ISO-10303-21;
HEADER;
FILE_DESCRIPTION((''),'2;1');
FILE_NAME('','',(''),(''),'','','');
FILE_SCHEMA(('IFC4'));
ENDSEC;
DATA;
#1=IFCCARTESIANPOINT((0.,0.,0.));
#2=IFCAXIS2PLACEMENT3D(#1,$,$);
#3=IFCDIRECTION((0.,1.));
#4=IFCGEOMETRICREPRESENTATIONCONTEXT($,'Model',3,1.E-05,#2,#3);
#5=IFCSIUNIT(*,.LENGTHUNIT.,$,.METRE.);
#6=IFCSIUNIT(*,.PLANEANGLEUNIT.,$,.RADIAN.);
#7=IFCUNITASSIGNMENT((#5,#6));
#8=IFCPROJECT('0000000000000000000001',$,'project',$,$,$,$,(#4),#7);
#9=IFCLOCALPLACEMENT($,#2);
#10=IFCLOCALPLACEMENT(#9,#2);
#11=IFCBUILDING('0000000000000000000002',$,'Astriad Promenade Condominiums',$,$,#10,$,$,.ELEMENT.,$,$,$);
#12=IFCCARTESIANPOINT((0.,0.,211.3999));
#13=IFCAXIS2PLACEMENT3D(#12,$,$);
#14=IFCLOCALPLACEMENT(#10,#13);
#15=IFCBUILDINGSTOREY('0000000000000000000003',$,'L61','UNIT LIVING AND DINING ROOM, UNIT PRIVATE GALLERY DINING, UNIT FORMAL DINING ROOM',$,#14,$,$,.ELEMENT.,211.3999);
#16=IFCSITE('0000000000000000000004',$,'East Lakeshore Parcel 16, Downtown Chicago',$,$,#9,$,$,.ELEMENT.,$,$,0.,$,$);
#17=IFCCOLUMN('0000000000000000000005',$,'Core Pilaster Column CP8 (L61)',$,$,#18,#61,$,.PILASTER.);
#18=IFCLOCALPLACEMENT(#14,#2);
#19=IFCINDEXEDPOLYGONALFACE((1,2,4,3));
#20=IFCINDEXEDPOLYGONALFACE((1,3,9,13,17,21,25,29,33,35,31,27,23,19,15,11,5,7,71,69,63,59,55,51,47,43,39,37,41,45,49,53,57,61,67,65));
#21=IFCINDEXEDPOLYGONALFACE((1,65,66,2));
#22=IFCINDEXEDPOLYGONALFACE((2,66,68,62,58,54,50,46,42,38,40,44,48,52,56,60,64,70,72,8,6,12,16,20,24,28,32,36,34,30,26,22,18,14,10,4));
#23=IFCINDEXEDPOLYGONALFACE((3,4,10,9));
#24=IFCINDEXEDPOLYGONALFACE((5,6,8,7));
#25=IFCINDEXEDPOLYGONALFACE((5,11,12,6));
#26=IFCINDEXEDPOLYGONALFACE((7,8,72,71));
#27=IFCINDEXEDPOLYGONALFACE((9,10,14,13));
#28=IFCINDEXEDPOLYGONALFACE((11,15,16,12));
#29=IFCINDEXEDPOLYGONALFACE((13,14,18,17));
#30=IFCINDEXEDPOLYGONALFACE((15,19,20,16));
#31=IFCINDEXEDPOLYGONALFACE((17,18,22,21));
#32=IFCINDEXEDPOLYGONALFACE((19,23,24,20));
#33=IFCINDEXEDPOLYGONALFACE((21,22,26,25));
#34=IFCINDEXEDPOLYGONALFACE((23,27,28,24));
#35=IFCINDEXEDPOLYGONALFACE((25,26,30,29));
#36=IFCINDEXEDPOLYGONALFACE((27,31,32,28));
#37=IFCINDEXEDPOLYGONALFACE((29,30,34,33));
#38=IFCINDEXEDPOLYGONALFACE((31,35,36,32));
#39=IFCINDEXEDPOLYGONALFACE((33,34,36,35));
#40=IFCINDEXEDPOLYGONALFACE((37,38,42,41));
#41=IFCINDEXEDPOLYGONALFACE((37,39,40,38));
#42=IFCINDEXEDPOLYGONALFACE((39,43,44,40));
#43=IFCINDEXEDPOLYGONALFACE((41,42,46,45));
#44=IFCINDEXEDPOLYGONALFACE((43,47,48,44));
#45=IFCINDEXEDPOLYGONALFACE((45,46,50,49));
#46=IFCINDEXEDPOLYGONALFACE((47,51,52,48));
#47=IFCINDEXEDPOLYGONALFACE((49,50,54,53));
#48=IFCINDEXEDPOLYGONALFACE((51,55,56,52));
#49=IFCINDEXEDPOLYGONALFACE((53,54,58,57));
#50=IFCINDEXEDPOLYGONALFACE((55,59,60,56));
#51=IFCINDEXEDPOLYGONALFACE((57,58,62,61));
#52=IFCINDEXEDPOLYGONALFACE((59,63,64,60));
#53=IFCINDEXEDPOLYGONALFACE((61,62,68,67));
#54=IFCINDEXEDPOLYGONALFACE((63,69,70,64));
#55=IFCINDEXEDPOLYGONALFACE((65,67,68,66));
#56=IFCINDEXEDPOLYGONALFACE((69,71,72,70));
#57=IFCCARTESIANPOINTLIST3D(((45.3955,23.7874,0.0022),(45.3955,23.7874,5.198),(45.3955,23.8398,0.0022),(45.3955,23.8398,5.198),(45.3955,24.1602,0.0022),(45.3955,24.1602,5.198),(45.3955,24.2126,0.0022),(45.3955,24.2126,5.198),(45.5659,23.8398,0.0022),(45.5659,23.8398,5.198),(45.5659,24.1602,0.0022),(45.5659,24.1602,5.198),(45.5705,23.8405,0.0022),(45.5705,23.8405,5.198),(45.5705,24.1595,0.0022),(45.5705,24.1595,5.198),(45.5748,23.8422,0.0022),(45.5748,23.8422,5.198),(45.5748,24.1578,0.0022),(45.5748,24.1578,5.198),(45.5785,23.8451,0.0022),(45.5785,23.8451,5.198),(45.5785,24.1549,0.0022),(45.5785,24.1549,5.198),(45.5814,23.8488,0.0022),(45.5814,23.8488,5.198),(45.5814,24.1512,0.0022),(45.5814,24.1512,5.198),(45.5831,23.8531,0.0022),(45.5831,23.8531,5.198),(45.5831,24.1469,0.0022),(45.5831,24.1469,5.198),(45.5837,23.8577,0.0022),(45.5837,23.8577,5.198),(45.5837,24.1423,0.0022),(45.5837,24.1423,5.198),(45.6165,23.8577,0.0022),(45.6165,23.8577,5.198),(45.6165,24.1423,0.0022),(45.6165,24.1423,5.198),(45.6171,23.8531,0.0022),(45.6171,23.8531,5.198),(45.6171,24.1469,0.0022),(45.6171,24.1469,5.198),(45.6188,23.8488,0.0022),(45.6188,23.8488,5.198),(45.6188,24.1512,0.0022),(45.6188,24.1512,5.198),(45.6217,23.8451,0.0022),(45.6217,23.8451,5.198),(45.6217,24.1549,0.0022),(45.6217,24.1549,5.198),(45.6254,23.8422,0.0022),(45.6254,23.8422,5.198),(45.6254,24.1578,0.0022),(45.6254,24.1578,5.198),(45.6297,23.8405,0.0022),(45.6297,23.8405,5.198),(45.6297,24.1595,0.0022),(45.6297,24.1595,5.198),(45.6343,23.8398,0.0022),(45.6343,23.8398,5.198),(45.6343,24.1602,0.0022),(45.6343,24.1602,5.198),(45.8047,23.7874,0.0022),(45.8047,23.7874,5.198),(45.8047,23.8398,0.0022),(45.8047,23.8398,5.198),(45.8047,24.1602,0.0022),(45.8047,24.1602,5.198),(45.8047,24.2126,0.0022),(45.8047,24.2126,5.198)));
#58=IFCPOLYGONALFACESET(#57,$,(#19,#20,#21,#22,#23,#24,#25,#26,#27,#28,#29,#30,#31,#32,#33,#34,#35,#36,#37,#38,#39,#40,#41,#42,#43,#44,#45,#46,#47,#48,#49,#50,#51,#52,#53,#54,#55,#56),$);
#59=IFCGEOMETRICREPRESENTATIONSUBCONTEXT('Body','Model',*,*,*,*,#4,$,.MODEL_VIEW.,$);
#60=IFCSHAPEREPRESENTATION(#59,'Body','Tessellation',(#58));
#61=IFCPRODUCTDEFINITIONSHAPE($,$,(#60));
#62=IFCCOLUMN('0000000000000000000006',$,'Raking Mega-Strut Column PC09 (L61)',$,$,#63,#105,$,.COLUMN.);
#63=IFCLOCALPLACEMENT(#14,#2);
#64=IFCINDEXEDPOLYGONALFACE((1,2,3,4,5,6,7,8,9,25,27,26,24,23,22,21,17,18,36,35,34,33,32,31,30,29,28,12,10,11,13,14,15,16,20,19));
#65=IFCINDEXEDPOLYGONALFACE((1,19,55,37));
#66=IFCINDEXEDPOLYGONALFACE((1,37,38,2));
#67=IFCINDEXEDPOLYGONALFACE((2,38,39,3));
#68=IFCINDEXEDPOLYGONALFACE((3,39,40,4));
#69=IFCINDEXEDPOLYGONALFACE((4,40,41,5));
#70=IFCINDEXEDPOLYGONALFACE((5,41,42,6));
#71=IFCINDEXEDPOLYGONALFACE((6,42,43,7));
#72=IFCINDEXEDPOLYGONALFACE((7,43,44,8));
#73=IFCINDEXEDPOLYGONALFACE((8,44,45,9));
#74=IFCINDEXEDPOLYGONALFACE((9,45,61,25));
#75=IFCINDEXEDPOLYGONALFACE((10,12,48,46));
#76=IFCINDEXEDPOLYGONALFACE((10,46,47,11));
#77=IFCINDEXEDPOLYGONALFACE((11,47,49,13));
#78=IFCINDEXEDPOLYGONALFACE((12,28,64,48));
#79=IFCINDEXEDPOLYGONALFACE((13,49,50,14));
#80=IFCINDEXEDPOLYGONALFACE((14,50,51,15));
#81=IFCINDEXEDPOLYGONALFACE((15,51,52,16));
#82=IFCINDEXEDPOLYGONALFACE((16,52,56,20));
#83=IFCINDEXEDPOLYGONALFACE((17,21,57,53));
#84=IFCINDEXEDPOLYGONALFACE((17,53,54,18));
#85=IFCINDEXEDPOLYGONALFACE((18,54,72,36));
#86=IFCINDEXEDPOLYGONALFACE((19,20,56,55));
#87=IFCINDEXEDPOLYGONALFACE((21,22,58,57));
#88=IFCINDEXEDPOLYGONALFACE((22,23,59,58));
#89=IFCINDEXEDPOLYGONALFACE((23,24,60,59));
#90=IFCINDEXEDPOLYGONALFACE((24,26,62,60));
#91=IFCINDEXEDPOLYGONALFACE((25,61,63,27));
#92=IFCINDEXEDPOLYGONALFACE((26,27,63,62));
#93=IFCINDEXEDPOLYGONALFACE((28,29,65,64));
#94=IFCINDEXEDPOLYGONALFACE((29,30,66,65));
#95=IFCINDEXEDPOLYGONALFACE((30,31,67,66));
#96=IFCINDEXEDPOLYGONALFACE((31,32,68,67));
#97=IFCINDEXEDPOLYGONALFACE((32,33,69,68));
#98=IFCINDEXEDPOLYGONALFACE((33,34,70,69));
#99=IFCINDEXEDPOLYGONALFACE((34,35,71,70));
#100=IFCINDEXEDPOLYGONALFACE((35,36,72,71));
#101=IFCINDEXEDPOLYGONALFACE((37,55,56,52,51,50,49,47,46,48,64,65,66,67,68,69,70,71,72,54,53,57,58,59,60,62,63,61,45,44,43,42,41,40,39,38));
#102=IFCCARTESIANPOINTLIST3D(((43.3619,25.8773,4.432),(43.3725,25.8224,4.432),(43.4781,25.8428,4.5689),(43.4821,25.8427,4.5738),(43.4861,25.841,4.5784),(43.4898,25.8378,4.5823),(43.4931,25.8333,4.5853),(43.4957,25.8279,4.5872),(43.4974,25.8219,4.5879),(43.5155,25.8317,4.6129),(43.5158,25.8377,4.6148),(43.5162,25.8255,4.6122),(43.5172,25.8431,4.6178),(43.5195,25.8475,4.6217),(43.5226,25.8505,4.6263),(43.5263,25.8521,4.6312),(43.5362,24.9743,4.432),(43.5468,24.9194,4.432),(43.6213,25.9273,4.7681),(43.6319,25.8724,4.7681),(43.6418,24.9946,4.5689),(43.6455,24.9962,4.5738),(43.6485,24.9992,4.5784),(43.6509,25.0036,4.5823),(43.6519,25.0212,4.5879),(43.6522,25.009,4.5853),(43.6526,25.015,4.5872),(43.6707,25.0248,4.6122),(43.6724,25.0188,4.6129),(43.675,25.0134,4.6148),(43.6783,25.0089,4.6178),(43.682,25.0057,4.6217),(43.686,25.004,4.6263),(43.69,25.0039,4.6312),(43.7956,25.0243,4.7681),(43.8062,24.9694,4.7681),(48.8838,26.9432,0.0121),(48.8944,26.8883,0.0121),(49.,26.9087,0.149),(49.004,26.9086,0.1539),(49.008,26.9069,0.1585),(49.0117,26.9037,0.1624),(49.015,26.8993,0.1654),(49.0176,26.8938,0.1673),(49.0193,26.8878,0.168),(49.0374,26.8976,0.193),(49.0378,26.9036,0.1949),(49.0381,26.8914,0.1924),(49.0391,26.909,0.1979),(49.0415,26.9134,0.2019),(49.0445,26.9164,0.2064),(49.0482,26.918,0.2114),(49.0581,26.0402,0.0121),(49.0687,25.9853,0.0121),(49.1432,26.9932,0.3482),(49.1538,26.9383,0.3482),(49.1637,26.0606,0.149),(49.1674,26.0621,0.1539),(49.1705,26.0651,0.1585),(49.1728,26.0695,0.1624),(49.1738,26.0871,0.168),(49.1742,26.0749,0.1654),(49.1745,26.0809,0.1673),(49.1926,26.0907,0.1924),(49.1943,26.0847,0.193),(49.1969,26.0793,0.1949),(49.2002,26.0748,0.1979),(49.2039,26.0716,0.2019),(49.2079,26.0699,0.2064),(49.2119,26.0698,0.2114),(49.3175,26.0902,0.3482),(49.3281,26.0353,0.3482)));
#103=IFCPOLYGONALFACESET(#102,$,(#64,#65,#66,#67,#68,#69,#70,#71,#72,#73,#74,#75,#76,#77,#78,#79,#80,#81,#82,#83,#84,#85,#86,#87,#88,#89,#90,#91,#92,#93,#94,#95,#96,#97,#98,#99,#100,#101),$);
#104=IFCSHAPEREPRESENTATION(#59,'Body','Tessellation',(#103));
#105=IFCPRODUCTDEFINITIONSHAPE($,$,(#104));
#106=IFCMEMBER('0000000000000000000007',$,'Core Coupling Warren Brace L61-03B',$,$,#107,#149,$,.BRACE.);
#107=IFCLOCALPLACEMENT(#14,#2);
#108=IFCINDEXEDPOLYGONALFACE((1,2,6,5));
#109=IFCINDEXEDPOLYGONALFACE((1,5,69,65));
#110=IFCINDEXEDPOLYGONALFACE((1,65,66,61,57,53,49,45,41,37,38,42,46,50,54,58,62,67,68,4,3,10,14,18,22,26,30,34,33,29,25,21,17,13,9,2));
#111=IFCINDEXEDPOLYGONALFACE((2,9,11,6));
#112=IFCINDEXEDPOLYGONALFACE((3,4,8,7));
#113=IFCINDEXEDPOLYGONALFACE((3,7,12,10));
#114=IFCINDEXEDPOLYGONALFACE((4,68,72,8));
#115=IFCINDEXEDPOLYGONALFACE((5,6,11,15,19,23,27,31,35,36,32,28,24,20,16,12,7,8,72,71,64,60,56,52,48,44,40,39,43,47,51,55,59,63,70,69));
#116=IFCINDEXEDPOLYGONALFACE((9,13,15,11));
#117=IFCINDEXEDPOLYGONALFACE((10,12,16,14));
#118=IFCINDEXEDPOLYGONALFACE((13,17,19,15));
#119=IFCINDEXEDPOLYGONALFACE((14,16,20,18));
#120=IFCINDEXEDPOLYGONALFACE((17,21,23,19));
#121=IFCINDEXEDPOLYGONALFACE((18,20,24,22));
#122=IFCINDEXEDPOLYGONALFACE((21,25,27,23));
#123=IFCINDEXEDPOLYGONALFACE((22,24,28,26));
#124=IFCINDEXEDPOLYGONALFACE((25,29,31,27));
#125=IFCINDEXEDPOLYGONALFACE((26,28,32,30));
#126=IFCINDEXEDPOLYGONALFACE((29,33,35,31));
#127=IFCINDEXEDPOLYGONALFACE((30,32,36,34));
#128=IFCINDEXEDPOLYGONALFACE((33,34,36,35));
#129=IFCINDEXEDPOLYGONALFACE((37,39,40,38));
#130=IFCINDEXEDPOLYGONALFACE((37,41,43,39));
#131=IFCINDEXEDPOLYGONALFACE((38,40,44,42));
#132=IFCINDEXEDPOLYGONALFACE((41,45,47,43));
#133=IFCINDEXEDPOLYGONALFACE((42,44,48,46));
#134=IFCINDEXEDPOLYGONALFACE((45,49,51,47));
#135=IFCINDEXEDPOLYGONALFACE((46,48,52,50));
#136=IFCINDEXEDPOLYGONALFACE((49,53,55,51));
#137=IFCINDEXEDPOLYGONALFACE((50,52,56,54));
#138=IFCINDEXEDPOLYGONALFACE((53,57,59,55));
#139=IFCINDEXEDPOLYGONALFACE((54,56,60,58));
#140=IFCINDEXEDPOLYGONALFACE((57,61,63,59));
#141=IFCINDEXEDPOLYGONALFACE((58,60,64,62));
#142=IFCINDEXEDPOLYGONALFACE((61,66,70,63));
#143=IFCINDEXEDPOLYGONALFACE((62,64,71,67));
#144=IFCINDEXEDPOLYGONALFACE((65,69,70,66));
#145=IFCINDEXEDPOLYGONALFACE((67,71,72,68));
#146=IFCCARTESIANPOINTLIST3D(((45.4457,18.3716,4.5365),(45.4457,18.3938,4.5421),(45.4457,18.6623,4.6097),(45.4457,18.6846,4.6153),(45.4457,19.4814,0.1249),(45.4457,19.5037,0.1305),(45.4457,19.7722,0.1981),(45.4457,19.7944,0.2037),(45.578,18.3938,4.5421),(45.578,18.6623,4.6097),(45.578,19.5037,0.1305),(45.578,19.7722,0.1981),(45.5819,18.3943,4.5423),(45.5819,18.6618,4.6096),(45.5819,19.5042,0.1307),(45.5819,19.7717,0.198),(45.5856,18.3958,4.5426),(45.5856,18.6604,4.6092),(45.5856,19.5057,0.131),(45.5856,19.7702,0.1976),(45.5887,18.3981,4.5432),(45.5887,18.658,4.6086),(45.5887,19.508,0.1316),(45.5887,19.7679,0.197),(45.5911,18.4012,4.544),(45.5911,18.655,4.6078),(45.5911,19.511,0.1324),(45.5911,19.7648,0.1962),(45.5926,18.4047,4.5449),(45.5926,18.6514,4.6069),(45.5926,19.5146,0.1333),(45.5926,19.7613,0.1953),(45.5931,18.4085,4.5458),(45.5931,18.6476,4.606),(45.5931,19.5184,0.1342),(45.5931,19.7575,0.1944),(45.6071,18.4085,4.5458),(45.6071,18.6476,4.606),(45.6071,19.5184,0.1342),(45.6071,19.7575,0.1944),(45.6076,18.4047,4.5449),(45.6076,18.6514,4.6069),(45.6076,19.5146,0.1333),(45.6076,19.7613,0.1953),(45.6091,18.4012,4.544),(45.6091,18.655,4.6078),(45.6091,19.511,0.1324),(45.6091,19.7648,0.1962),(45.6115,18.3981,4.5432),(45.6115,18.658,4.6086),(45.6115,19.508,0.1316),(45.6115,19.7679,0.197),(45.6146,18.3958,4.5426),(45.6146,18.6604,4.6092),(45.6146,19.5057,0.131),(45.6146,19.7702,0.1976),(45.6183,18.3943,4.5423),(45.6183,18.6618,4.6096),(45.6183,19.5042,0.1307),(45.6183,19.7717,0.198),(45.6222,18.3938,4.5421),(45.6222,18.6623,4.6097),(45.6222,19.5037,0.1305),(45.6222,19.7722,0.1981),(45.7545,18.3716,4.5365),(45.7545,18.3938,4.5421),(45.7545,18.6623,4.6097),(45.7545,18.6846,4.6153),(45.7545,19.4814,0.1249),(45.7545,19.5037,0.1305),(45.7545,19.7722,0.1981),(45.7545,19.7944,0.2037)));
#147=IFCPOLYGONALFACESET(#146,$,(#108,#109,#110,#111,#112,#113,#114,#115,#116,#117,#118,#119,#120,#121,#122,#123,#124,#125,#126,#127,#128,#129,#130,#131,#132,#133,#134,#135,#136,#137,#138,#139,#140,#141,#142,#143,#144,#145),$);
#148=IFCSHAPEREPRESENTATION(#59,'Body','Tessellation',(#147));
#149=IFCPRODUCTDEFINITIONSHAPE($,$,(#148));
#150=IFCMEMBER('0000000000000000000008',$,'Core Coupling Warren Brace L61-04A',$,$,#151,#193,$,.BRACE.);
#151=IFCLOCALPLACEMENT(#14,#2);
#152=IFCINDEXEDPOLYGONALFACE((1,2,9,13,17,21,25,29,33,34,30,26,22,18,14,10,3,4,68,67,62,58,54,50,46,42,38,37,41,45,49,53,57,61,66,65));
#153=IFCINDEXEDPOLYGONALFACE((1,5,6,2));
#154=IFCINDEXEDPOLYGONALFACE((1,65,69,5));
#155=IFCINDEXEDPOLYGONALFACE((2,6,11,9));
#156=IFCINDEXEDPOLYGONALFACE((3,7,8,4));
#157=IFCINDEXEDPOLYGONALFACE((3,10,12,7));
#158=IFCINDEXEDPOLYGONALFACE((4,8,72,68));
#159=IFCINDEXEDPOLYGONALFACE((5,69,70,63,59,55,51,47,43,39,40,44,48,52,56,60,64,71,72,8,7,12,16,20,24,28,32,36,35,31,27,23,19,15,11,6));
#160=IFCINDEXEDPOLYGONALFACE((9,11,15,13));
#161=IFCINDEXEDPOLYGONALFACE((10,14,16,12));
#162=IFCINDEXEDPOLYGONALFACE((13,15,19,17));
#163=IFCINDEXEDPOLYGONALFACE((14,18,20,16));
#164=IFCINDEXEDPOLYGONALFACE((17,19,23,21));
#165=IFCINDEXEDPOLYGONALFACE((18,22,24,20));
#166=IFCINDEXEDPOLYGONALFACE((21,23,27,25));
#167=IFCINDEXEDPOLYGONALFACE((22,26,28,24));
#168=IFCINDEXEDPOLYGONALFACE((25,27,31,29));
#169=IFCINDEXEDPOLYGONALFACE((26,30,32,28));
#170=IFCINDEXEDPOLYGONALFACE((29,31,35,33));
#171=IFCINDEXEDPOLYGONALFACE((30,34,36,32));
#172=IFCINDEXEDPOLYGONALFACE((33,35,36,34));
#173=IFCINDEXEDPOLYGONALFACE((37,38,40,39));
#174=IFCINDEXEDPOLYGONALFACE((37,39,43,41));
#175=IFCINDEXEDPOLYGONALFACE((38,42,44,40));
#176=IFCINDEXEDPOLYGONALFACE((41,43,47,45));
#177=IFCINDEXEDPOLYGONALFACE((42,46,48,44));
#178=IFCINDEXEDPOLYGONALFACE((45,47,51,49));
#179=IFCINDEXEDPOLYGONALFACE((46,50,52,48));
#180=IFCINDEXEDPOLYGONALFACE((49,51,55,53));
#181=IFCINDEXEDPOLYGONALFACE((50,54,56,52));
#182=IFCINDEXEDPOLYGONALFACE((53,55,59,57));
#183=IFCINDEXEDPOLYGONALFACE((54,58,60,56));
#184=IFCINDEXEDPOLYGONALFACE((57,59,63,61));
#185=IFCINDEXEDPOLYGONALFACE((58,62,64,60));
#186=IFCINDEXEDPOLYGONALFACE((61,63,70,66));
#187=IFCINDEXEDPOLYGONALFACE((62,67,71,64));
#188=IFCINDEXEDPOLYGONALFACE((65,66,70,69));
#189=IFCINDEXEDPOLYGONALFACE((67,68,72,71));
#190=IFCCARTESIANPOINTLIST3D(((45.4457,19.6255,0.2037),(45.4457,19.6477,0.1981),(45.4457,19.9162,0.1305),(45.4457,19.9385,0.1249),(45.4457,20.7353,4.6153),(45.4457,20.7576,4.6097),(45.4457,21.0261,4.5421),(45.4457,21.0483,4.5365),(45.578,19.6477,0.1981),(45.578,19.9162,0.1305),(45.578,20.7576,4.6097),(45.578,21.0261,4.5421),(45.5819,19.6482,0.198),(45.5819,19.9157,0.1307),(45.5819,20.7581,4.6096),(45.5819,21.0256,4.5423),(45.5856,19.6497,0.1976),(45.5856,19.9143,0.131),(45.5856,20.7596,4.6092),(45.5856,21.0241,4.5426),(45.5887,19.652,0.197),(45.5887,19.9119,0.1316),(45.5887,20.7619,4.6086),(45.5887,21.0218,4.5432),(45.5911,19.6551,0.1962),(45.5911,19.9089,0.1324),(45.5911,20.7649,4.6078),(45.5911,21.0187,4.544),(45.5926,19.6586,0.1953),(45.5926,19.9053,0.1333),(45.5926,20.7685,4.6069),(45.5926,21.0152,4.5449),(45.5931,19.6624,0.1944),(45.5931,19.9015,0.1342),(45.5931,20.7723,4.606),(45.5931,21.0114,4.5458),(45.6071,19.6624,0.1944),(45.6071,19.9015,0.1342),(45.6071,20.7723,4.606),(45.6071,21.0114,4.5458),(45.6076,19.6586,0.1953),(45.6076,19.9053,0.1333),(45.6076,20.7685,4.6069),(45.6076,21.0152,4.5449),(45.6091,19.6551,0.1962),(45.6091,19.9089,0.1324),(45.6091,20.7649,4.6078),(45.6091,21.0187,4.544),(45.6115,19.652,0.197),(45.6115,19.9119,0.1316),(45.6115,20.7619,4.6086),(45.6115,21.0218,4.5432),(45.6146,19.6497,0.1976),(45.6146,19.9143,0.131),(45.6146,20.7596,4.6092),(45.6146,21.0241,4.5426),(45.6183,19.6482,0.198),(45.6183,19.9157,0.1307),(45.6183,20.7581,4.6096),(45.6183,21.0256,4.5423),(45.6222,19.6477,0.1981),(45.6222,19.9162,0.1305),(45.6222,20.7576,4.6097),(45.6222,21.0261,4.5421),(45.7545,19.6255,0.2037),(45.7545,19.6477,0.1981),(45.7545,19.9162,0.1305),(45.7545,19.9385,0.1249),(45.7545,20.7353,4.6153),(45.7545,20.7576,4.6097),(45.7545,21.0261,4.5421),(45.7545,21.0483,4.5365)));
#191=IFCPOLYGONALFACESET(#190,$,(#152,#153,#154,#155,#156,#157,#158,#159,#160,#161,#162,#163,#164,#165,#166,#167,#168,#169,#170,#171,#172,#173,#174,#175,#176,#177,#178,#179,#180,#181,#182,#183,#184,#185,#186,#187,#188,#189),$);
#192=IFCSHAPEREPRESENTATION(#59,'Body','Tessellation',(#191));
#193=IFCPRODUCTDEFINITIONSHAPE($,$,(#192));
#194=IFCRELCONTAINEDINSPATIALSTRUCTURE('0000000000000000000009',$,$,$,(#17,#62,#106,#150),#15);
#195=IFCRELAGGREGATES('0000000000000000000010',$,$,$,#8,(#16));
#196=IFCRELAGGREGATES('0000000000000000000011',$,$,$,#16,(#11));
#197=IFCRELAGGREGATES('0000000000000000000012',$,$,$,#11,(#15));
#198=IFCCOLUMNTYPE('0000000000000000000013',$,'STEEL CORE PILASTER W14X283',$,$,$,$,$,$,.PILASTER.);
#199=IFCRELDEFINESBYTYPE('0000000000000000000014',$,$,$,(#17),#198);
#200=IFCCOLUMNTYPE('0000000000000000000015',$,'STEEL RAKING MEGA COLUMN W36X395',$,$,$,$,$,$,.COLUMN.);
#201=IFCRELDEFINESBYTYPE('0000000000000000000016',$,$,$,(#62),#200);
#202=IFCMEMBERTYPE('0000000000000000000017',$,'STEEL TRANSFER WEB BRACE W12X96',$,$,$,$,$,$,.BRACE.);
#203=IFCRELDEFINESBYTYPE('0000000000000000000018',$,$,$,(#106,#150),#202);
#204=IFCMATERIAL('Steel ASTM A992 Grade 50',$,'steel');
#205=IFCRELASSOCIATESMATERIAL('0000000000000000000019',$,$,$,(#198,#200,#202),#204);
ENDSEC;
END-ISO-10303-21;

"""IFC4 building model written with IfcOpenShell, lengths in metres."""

from ifc_helpers import new_model, si_unit, direction, frame, origin, origin_2d, place, context, subcontext, project, spatial, i_section, extrude, source, transform, mapped, material, material_profile, profile_set, type_object, type_shapes, element, save


model = new_model("IFC4")

# Units and contexts
model_context = context("Model", 3, precision=1e-05, world=origin(), true_north=direction((0.0, 1.0)))
body_context = subcontext(model_context, "Body", "Model", "MODEL_VIEW")
ifc_project = project(units=[si_unit("LENGTHUNIT", "METRE"), si_unit("PLANEANGLEUNIT", "RADIAN")], contexts=[model_context])

# Site, building, storey
site_placement = place(None, origin())
site = spatial("IfcSite", under=ifc_project, at=site_placement, Name="East Lakeshore Parcel 16, Downtown Chicago", CompositionType="ELEMENT", RefElevation=0.0)
building_placement = place(site_placement, origin())
building = spatial("IfcBuilding", under=site, at=building_placement, Name="Astriad Promenade Condominiums", CompositionType="ELEMENT")
storey_placement = place(building_placement, frame((0.0, 0.0, 211.3999)))
storey = spatial("IfcBuildingStorey", under=building, at=storey_placement, Name="L61", Description="UNIT LIVING AND DINING ROOM, UNIT PRIVATE GALLERY DINING, UNIT FORMAL DINING ROOM", CompositionType="ELEMENT", Elevation=211.3999)

# Columns
ifc_material_1 = material(Name="Steel ASTM A992 Grade 50", Category="steel")
ifc_material_profile_1 = material_profile(ifc_material_1, i_section(OverallWidth=0.4092, OverallDepth=0.4253, WebThickness=0.0327, FlangeThickness=0.0525, FilletRadius=0.0178, at=origin_2d()), Name="W14X283")
ifc_profile_set_1 = profile_set([ifc_material_profile_1], Name="Steel ASTM A992 Grade 50")
column_type_1 = type_object("IfcColumnType", Name="STEEL CORE PILASTER W14X283", PredefinedType="PILASTER", material=ifc_profile_set_1)
shared_shape_1 = source(origin(), body_context, "Body", "SweptSolid", [
    extrude(i_section(OverallWidth=0.4092, OverallDepth=0.4253, WebThickness=0.0327, FlangeThickness=0.0525, FilletRadius=0.0178, at=origin_2d()), origin(), (0.0, 0.0, 1.0), 5.1958),
])
type_shapes(column_type_1, [shared_shape_1])
column_1_placement = place(storey_placement, frame((45.6001, 24.0, 0.0022), z_axis=(0.0, 0.0, 1.0), x_axis=(1.0, 0.0, 0.0)))
element("IfcColumn", 1, at=column_1_placement, inside=storey, type_object=column_type_1, Name="Core Pilaster Column CP8 (L61)", PredefinedType="PILASTER", context=body_context, shape_type="MappedRepresentation", body=[
    mapped(shared_shape_1, transform((0.0, 0.0, 0.0), scale=1.0)),
])
ifc_material_profile_2 = material_profile(ifc_material_1, i_section(OverallWidth=0.4275, OverallDepth=0.9756, WebThickness=0.031, FlangeThickness=0.0559, FilletRadius=0.0242, at=origin_2d()), Name="W36X395")
ifc_profile_set_2 = profile_set([ifc_material_profile_2], Name="Steel ASTM A992 Grade 50")
column_type_2 = type_object("IfcColumnType", Name="STEEL RAKING MEGA COLUMN W36X395", PredefinedType="COLUMN", material=ifc_profile_set_2)
shared_shape_2 = source(origin(), body_context, "Body", "SweptSolid", [
    extrude(i_section(OverallWidth=0.4275, OverallDepth=0.9756, WebThickness=0.031, FlangeThickness=0.0559, FilletRadius=0.0242, at=origin_2d()), origin(), (0.0, 0.0, 1.0), 7.1528),
])
type_shapes(column_type_2, [shared_shape_2])
column_2_placement = place(storey_placement, frame((49.106, 26.4893, 0.1802), z_axis=(-0.77199, -0.149019, 0.61792), x_axis=(0.606719, 0.117116, 0.786241)))
element("IfcColumn", 2, at=column_2_placement, inside=storey, type_object=column_type_2, Name="Raking Mega-Strut Column PC09 (L61)", PredefinedType="COLUMN", context=body_context, shape_type="MappedRepresentation", body=[
    mapped(shared_shape_2, transform((0.0, 0.0, 0.0), scale=1.0)),
])

# Members
ifc_material_profile_3 = material_profile(ifc_material_1, i_section(OverallWidth=0.3088, OverallDepth=0.3228, WebThickness=0.0139, FlangeThickness=0.0229, FilletRadius=0.0151, at=origin_2d()), Name="W12X96")
ifc_profile_set_3 = profile_set([ifc_material_profile_3], Name="Steel ASTM A992 Grade 50")
member_type_1 = type_object("IfcMemberType", Name="STEEL TRANSFER WEB BRACE W12X96", PredefinedType="BRACE", material=ifc_profile_set_3)
shared_shape_3 = source(origin(), body_context, "Body", "SweptSolid", [
    extrude(i_section(OverallWidth=0.3088, OverallDepth=0.3228, WebThickness=0.0139, FlangeThickness=0.0229, FilletRadius=0.0151, at=origin_2d()), origin(), (0.0, 0.0, 1.0), 4.5491),
])
type_shapes(member_type_1, [shared_shape_3])
for number, where, z_axis, x_axis, name in (
    (3, (45.6001, 19.6379, 0.1643), (0.0, -0.243975, 0.969782), (1.0, 0.0, 0.0), "Core Coupling Warren Brace L61-03B"),
    (4, (45.6001, 19.782, 0.1643), (0.0, 0.243975, 0.969782), (-1.0, 0.0, 0.0), "Core Coupling Warren Brace L61-04A"),
):
    element("IfcMember", number, at=place(storey_placement, frame(where, z_axis=z_axis, x_axis=x_axis)), inside=storey, type_object=member_type_1, Name=name, PredefinedType="BRACE", context=body_context, shape_type="MappedRepresentation", body=[
        mapped(shared_shape_3, transform((0.0, 0.0, 0.0), scale=1.0)),
    ])

save(model, "model.ifc")
